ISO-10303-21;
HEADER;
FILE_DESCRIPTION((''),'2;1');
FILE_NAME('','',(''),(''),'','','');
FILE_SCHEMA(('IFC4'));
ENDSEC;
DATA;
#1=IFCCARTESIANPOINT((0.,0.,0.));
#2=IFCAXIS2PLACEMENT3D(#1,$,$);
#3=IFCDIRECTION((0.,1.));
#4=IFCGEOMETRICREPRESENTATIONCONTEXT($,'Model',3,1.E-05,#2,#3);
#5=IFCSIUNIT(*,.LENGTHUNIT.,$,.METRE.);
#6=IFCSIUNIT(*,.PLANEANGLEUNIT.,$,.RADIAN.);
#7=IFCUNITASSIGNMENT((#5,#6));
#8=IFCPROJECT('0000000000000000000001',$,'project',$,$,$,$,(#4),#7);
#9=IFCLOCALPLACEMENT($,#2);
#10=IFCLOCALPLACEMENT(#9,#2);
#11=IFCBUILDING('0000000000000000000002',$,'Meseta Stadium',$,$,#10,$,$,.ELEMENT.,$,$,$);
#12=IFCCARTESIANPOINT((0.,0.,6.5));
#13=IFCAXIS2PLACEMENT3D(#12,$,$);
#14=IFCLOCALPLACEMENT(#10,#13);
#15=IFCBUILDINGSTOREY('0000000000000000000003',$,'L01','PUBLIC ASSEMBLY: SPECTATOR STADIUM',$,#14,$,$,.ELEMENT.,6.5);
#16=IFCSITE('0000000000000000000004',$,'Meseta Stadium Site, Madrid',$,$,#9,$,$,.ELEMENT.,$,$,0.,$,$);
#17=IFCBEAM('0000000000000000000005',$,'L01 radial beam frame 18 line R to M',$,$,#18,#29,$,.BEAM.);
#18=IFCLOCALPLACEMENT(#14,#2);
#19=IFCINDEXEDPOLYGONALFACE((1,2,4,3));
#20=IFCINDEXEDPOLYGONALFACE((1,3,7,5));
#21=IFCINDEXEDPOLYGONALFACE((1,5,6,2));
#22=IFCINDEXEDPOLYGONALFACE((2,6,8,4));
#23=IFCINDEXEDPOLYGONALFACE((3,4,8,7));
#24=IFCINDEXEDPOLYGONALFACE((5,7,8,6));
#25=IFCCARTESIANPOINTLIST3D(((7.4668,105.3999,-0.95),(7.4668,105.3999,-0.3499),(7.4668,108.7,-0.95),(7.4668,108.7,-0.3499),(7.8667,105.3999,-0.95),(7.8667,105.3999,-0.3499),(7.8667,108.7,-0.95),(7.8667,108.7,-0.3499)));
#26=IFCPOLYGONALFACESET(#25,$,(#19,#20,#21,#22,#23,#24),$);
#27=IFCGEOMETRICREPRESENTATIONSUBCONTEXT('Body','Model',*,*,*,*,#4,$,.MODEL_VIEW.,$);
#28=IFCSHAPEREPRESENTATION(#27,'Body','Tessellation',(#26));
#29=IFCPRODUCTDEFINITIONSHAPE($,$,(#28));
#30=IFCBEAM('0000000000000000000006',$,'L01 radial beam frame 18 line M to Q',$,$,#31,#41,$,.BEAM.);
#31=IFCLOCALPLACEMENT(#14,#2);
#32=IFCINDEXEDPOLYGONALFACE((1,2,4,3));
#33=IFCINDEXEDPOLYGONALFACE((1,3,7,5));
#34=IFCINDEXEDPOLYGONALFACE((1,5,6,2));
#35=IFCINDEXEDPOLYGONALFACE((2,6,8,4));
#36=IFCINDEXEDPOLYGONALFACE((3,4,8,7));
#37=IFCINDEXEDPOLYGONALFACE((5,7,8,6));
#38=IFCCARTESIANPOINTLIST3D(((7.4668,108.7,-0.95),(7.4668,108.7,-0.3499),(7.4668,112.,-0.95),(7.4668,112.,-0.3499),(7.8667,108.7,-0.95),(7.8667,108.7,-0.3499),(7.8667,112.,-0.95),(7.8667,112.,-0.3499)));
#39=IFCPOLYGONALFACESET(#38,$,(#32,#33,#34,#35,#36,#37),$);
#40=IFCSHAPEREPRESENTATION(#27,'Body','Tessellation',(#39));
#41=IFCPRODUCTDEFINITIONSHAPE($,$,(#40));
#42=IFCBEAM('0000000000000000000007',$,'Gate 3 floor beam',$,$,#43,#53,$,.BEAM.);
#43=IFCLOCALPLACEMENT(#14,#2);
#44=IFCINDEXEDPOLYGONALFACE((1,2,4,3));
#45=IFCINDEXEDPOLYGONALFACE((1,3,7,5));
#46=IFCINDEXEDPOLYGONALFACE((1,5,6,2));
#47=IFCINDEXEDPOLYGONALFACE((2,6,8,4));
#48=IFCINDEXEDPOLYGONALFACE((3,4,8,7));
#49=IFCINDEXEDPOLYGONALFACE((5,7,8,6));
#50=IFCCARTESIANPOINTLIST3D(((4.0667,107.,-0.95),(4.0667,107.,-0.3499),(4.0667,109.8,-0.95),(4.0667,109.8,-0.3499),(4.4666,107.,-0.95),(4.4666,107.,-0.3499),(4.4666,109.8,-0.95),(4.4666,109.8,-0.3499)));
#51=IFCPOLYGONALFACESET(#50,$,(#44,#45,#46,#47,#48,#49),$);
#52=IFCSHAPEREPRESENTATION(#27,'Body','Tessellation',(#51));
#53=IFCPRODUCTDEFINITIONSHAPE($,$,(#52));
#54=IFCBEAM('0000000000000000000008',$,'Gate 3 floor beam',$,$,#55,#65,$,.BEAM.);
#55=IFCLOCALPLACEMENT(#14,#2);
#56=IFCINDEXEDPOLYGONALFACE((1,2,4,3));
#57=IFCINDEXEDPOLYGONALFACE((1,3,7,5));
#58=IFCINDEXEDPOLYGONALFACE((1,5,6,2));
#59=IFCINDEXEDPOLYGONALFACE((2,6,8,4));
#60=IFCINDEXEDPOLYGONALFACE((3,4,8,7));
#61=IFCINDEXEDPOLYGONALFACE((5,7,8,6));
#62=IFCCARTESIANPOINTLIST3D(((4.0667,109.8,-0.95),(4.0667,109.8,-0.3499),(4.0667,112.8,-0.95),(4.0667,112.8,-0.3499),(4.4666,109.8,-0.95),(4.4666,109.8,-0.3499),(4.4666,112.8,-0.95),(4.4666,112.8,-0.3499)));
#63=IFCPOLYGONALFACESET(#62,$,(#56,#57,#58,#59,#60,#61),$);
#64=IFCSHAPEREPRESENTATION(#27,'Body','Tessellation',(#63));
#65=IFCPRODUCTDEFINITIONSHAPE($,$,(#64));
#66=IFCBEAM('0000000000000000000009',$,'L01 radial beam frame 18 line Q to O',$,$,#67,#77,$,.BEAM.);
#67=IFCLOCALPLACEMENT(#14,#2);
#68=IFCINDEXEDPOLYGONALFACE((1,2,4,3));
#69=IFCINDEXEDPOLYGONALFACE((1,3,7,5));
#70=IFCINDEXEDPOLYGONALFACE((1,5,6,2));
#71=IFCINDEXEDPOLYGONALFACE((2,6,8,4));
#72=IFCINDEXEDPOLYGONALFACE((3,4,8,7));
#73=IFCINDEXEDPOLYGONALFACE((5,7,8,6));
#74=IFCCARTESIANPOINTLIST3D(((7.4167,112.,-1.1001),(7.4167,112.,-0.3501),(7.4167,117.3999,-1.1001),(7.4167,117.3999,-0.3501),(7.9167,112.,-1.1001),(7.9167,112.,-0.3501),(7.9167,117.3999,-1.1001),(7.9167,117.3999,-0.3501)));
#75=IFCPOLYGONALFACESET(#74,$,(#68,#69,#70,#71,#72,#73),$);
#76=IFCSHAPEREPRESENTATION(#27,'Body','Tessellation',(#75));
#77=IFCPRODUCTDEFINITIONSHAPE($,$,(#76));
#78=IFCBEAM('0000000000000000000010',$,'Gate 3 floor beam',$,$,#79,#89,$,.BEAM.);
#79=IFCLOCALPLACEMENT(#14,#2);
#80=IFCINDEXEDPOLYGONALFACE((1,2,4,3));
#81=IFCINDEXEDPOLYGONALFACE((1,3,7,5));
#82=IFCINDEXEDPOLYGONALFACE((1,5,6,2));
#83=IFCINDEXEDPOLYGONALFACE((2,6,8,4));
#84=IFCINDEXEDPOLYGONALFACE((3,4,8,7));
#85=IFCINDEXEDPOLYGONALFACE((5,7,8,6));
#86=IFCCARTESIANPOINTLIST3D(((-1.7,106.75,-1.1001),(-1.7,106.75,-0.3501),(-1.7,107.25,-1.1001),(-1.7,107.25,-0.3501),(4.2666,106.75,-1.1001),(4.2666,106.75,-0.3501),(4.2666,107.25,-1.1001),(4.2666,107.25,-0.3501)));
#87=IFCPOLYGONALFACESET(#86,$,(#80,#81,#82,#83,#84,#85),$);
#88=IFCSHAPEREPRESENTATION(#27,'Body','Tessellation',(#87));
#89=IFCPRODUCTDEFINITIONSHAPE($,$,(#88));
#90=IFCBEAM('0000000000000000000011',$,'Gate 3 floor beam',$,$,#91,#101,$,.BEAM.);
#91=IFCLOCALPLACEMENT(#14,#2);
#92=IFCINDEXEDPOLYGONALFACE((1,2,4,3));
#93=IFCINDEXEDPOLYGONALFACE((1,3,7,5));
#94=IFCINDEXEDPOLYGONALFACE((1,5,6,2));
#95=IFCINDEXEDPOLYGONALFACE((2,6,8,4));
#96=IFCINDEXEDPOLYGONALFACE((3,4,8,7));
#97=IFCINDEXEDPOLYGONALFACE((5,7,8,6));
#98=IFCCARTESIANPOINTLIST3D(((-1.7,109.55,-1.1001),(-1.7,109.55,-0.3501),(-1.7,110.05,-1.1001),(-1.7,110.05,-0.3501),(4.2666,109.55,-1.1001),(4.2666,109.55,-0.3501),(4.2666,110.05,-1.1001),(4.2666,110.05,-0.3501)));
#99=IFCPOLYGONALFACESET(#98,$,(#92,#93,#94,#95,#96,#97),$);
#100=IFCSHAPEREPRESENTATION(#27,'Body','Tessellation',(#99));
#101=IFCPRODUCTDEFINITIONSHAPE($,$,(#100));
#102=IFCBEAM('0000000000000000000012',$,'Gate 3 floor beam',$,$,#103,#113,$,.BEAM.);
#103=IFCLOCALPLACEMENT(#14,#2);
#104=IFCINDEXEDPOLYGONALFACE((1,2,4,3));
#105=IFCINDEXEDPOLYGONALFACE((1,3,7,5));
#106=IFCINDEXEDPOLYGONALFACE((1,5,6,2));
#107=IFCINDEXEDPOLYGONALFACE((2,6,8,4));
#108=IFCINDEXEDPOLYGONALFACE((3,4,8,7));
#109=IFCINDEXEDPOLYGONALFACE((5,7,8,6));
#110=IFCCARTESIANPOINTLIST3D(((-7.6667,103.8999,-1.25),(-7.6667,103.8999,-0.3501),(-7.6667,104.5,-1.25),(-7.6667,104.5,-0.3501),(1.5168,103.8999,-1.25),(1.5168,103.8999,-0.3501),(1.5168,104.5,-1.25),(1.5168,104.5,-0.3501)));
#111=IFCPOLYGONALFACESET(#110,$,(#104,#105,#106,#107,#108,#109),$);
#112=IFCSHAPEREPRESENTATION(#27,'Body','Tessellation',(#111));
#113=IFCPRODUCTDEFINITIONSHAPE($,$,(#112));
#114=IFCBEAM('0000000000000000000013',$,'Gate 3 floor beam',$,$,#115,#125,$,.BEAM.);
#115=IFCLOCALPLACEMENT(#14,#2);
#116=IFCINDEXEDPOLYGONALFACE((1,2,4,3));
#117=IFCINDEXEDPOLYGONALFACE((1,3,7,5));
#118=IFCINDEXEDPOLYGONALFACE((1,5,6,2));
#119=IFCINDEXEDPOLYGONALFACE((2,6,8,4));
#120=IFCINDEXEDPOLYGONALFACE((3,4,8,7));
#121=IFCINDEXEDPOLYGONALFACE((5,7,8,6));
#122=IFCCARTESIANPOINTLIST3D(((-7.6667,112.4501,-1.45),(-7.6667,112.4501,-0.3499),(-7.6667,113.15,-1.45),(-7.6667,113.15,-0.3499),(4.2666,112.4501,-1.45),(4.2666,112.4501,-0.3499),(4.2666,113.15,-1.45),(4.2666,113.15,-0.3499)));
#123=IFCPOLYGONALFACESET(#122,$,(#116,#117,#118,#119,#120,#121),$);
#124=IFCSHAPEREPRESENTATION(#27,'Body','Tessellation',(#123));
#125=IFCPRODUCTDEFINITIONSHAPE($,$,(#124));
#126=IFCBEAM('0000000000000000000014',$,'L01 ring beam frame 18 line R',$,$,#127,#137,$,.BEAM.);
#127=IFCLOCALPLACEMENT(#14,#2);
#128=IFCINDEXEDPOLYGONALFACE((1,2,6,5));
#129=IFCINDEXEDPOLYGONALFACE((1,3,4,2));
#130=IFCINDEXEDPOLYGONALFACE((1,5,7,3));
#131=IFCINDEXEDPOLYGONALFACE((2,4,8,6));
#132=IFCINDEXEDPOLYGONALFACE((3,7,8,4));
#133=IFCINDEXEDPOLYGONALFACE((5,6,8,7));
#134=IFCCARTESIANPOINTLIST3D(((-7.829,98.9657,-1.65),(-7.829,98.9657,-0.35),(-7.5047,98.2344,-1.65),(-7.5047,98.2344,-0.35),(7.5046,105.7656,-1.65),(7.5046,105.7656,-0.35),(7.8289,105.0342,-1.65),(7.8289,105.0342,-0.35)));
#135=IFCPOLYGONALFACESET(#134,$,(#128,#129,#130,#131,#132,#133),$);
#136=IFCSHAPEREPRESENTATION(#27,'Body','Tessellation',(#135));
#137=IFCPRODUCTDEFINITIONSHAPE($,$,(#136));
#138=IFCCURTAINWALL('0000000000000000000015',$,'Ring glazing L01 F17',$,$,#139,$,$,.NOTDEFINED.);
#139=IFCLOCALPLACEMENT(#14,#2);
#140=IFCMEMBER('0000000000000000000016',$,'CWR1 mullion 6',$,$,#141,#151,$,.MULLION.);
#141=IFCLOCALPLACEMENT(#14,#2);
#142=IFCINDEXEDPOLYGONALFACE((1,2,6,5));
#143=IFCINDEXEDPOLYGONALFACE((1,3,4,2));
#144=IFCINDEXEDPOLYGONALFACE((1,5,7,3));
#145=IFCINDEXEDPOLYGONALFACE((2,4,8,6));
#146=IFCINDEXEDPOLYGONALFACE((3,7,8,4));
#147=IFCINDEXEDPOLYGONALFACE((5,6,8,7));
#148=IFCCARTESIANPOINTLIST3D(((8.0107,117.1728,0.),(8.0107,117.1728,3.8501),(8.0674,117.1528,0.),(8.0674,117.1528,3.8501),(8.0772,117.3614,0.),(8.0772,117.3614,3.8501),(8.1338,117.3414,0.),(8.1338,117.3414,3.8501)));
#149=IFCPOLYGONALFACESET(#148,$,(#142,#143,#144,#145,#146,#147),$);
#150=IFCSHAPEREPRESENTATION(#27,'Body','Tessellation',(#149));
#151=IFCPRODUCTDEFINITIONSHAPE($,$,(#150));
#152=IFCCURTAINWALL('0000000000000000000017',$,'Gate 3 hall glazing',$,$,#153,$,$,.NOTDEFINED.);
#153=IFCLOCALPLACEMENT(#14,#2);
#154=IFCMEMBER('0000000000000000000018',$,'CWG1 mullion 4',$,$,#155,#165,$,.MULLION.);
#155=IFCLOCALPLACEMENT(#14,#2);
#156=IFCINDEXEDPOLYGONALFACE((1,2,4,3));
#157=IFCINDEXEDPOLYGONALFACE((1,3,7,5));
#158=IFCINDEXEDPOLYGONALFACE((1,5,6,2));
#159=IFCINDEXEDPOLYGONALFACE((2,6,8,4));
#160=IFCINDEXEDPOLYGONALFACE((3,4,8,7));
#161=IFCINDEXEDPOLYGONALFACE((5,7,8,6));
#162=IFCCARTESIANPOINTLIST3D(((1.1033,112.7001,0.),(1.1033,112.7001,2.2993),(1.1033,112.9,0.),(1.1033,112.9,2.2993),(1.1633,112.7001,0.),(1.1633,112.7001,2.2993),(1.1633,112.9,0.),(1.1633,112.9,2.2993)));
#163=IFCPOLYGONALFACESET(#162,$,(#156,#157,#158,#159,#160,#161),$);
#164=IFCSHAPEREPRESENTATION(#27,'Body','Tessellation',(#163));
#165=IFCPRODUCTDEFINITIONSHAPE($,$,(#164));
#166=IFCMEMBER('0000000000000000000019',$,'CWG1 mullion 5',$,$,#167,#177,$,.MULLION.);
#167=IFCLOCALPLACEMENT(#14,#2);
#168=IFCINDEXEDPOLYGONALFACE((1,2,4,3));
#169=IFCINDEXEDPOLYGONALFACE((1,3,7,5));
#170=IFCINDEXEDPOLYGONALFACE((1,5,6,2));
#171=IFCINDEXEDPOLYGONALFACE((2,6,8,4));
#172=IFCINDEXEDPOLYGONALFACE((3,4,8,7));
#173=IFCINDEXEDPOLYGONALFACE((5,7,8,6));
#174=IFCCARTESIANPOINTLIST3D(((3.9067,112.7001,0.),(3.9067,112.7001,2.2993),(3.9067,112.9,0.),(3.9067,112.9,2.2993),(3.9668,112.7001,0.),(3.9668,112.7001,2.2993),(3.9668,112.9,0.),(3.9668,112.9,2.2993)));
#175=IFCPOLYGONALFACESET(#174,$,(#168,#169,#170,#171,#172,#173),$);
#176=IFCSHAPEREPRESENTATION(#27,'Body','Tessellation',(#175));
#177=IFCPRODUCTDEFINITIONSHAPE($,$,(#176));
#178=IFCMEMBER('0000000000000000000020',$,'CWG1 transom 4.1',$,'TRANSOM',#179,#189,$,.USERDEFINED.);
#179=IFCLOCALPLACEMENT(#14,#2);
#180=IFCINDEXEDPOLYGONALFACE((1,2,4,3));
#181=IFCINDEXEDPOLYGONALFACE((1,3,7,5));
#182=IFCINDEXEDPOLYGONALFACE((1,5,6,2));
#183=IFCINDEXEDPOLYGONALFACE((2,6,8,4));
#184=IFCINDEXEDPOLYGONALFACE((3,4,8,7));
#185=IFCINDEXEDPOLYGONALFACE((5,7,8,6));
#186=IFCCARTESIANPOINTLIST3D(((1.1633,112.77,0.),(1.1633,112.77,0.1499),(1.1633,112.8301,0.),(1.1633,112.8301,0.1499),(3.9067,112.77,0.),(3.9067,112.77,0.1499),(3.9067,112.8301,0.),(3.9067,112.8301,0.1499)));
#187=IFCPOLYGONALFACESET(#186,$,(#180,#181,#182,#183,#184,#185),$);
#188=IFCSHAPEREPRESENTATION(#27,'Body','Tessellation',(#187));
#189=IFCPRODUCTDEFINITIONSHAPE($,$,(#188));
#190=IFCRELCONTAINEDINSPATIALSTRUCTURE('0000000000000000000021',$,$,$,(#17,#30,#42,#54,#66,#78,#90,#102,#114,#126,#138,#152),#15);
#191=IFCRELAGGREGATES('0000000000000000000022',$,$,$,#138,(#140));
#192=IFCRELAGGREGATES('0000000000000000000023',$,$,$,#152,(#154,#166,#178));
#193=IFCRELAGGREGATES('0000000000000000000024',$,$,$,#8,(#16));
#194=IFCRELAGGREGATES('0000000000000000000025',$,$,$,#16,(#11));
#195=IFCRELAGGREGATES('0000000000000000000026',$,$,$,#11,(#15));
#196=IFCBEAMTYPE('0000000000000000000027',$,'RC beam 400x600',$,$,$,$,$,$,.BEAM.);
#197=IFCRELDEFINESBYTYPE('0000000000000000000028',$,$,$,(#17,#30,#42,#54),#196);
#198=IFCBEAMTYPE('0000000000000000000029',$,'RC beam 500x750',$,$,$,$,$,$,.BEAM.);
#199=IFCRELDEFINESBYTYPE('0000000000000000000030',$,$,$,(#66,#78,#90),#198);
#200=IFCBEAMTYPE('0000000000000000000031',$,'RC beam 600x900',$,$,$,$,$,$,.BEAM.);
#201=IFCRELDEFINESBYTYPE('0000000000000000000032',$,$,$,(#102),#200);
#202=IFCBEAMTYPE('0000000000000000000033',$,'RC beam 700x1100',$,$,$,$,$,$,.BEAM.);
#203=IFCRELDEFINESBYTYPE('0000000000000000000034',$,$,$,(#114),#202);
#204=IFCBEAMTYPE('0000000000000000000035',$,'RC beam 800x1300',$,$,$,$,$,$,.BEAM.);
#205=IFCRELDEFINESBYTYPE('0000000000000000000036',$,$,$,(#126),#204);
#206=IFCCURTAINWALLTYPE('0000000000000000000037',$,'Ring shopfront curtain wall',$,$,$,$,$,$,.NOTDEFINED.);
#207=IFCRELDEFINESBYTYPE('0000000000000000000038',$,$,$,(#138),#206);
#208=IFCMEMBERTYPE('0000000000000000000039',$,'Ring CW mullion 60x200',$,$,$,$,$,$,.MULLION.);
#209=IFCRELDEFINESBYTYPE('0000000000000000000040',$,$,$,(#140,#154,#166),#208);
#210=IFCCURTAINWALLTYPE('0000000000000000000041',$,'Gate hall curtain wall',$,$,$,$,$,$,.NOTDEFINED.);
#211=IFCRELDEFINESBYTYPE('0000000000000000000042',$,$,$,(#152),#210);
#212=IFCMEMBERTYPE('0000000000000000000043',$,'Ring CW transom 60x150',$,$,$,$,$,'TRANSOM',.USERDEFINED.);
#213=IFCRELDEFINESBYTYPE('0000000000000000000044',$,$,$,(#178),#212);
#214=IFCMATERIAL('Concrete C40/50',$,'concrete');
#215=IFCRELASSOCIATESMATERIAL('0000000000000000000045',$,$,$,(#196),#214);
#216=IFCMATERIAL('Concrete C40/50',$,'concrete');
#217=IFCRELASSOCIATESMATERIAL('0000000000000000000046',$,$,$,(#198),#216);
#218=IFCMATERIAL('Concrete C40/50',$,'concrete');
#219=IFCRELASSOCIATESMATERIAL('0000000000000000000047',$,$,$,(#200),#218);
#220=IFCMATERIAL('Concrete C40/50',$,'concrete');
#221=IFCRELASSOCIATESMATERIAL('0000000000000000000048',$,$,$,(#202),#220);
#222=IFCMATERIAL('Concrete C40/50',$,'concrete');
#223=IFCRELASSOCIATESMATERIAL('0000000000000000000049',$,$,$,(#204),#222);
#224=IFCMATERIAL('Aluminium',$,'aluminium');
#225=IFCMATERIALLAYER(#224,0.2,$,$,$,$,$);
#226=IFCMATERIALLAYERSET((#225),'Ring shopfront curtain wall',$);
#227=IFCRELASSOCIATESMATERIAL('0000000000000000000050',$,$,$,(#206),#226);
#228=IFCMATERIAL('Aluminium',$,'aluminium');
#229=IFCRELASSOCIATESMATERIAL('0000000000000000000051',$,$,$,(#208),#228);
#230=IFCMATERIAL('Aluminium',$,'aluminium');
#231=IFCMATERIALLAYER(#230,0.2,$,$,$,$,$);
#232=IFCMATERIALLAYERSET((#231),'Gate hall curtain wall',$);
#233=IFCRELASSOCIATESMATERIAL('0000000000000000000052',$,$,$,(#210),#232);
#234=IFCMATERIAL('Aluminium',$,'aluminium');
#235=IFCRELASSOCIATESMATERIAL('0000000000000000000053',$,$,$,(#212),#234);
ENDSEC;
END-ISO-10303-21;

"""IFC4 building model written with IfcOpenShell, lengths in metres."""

from ifc_helpers import new_model, si_unit, direction, frame, origin, origin_2d, place, context, subcontext, project, spatial, rectangle, extrude, material, layer, layer_set, material_profile, profile_set, type_object, element, aggregate, save


model = new_model("IFC4")

# Units and contexts
model_context = context("Model", 3, precision=1e-05, world=origin(), true_north=direction((0.0, 1.0)))
body_context = subcontext(model_context, "Body", "Model", "MODEL_VIEW")
ifc_project = project(units=[si_unit("LENGTHUNIT", "METRE"), si_unit("PLANEANGLEUNIT", "RADIAN")], contexts=[model_context])

# Site, building, storey
site_placement = place(None, origin())
site = spatial("IfcSite", under=ifc_project, at=site_placement, Name="Meseta Stadium Site, Madrid", CompositionType="ELEMENT", RefElevation=0.0)
building_placement = place(site_placement, origin())
building = spatial("IfcBuilding", under=site, at=building_placement, Name="Meseta Stadium", CompositionType="ELEMENT")
storey_placement = place(building_placement, frame((0.0, 0.0, 6.5)))
storey = spatial("IfcBuildingStorey", under=building, at=storey_placement, Name="L01", Description="PUBLIC ASSEMBLY: SPECTATOR STADIUM", CompositionType="ELEMENT", Elevation=6.5)

# Beams
ifc_material_1 = material(Name="Concrete C40/50", Category="concrete")
ifc_material_profile_1 = material_profile(ifc_material_1, rectangle(XDim=0.3999, YDim=0.6001, at=origin_2d()), Name="RC 400x600")
ifc_profile_set_1 = profile_set([ifc_material_profile_1], Name="Concrete C40/50")
beam_type_1 = type_object("IfcBeamType", Name="RC beam 400x600", PredefinedType="BEAM", material=ifc_profile_set_1)
for number, where, z_axis, x_axis, name in (
    (1, (7.6667, 105.3999, -0.6499), (0.0, 1.0, 0.0), (-1.0, 0.0, 0.0), "L01 radial beam frame 18 line R to M"),
    (2, (7.6667, 108.7, -0.6499), (0.0, 1.0, 0.0), (-1.0, 0.0, 0.0), "L01 radial beam frame 18 line M to Q"),
):
    element("IfcBeam", number, at=place(storey_placement, frame(where, z_axis=z_axis, x_axis=x_axis)), inside=storey, type_object=beam_type_1, Name=name, PredefinedType="BEAM", context=body_context, shape_type="SweptSolid", body=[
        extrude(rectangle(XDim=0.3999, YDim=0.6001, at=origin_2d()), origin(), (0.0, 0.0, 1.0), 3.3),
    ])
beam_1_placement = place(storey_placement, frame((4.2666, 107.0, -0.6499), z_axis=(0.0, 1.0, 0.0), x_axis=(-1.0, 0.0, 0.0)))
element("IfcBeam", 3, at=beam_1_placement, inside=storey, type_object=beam_type_1, Name="Gate 3 floor beam", PredefinedType="BEAM", context=body_context, shape_type="SweptSolid", body=[
    extrude(rectangle(XDim=0.3999, YDim=0.6001, at=origin_2d()), origin(), (0.0, 0.0, 1.0), 2.8),
])
beam_2_placement = place(storey_placement, frame((4.2666, 109.8, -0.6499), z_axis=(0.0, 1.0, 0.0), x_axis=(-1.0, 0.0, 0.0)))
element("IfcBeam", 4, at=beam_2_placement, inside=storey, type_object=beam_type_1, Name="Gate 3 floor beam", PredefinedType="BEAM", context=body_context, shape_type="SweptSolid", body=[
    extrude(rectangle(XDim=0.3999, YDim=0.6001, at=origin_2d()), origin(), (0.0, 0.0, 1.0), 3.0),
])
ifc_material_2 = material(Name="Concrete C40/50", Category="concrete")
ifc_material_profile_2 = material_profile(ifc_material_2, rectangle(XDim=0.5, YDim=0.75, at=origin_2d()), Name="RC 500x750")
ifc_profile_set_2 = profile_set([ifc_material_profile_2], Name="Concrete C40/50")
beam_type_2 = type_object("IfcBeamType", Name="RC beam 500x750", PredefinedType="BEAM", material=ifc_profile_set_2)
beam_3_placement = place(storey_placement, frame((7.6667, 112.0, -0.7251), z_axis=(0.0, 1.0, 0.0), x_axis=(-1.0, 0.0, 0.0)))
element("IfcBeam", 5, at=beam_3_placement, inside=storey, type_object=beam_type_2, Name="L01 radial beam frame 18 line Q to O", PredefinedType="BEAM", context=body_context, shape_type="SweptSolid", body=[
    extrude(rectangle(XDim=0.5, YDim=0.75, at=origin_2d()), origin(), (0.0, 0.0, 1.0), 5.3999),
])
for number, where, z_axis, x_axis, name in (
    (6, (4.2666, 107.0, -0.7251), (-1.0, 0.0, 0.0), (0.0, -1.0, 0.0), "Gate 3 floor beam"),
    (7, (4.2666, 109.8, -0.7251), (-1.0, 0.0, 0.0), (0.0, -1.0, 0.0), "Gate 3 floor beam"),
):
    element("IfcBeam", number, at=place(storey_placement, frame(where, z_axis=z_axis, x_axis=x_axis)), inside=storey, type_object=beam_type_2, Name=name, PredefinedType="BEAM", context=body_context, shape_type="SweptSolid", body=[
        extrude(rectangle(XDim=0.5, YDim=0.75, at=origin_2d()), origin(), (0.0, 0.0, 1.0), 5.9666),
    ])
ifc_material_3 = material(Name="Concrete C40/50", Category="concrete")
ifc_material_profile_3 = material_profile(ifc_material_3, rectangle(XDim=0.6001, YDim=0.8999, at=origin_2d()), Name="RC 600x900")
ifc_profile_set_3 = profile_set([ifc_material_profile_3], Name="Concrete C40/50")
beam_type_3 = type_object("IfcBeamType", Name="RC beam 600x900", PredefinedType="BEAM", material=ifc_profile_set_3)
beam_4_placement = place(storey_placement, frame((1.5168, 104.2, -0.8), z_axis=(-1.0, 0.0, 0.0), x_axis=(0.0, -1.0, 0.0)))
element("IfcBeam", 8, at=beam_4_placement, inside=storey, type_object=beam_type_3, Name="Gate 3 floor beam", PredefinedType="BEAM", context=body_context, shape_type="SweptSolid", body=[
    extrude(rectangle(XDim=0.6001, YDim=0.8999, at=origin_2d()), origin(), (0.0, 0.0, 1.0), 9.1836),
])
ifc_material_4 = material(Name="Concrete C40/50", Category="concrete")
ifc_material_profile_4 = material_profile(ifc_material_4, rectangle(XDim=0.7, YDim=1.1001, at=origin_2d()), Name="RC 700x1100")
ifc_profile_set_4 = profile_set([ifc_material_profile_4], Name="Concrete C40/50")
beam_type_4 = type_object("IfcBeamType", Name="RC beam 700x1100", PredefinedType="BEAM", material=ifc_profile_set_4)
beam_5_placement = place(storey_placement, frame((4.2666, 112.8, -0.8999), z_axis=(-1.0, 0.0, 0.0), x_axis=(0.0, -1.0, 0.0)))
element("IfcBeam", 9, at=beam_5_placement, inside=storey, type_object=beam_type_4, Name="Gate 3 floor beam", PredefinedType="BEAM", context=body_context, shape_type="SweptSolid", body=[
    extrude(rectangle(XDim=0.7, YDim=1.1001, at=origin_2d()), origin(), (0.0, 0.0, 1.0), 11.9333),
])
ifc_material_5 = material(Name="Concrete C40/50", Category="concrete")
ifc_material_profile_5 = material_profile(ifc_material_5, rectangle(XDim=0.8, YDim=1.3, at=origin_2d()), Name="RC 800x1300")
ifc_profile_set_5 = profile_set([ifc_material_profile_5], Name="Concrete C40/50")
beam_type_5 = type_object("IfcBeamType", Name="RC beam 800x1300", PredefinedType="BEAM", material=ifc_profile_set_5)
beam_6_placement = place(storey_placement, frame((7.6667, 105.3999, -1.0), z_axis=(-0.914145, -0.405387, 0.0), x_axis=(0.405387, -0.914145, 0.0)))
element("IfcBeam", 10, at=beam_6_placement, inside=storey, type_object=beam_type_5, Name="L01 ring beam frame 18 line R", PredefinedType="BEAM", context=body_context, shape_type="SweptSolid", body=[
    extrude(rectangle(XDim=0.8, YDim=1.3, at=origin_2d()), origin(), (0.0, 0.0, 1.0), 16.7737),
])

# Curtain wall, member
ifc_material_6 = material(Name="Aluminium", Category="aluminium")
ifc_layer_1 = layer(ifc_material_6, 0.2)
ifc_layer_set_1 = layer_set([ifc_layer_1], Name="Ring shopfront curtain wall")
curtain_wall_type_1 = type_object("IfcCurtainWallType", Name="Ring shopfront curtain wall", PredefinedType="NOTDEFINED", material=ifc_layer_set_1)
curtain_wall_1_placement = place(storey_placement, origin())
curtain_wall_1 = element("IfcCurtainWall", 11, at=curtain_wall_1_placement, inside=storey, type_object=curtain_wall_type_1, Name="Ring glazing L01 F17", PredefinedType="NOTDEFINED")
ifc_material_7 = material(Name="Aluminium", Category="aluminium")
ifc_material_profile_6 = material_profile(ifc_material_7, rectangle(XDim=0.2, YDim=0.0601, at=origin_2d()), Name="CW 200x60")
ifc_profile_set_6 = profile_set([ifc_material_profile_6], Name="Aluminium")
member_type_1 = type_object("IfcMemberType", Name="Ring CW mullion 60x200", PredefinedType="MULLION", material=ifc_profile_set_6)
member_1_placement = place(storey_placement, frame((8.0723, 117.2571, 0.0), z_axis=(0.0, 0.0, 1.0), x_axis=(-0.332174, -0.943218, 0.0)))
member_1 = element("IfcMember", 12, at=member_1_placement, type_object=member_type_1, Name="CWR1 mullion 6", PredefinedType="MULLION", context=body_context, shape_type="SweptSolid", body=[
    extrude(rectangle(XDim=0.2, YDim=0.0601, at=origin_2d()), origin(), (0.0, 0.0, 1.0), 3.8501),
])
aggregate(curtain_wall_1, [member_1])

# Curtain wall, members
ifc_material_8 = material(Name="Aluminium", Category="aluminium")
ifc_layer_2 = layer(ifc_material_8, 0.2)
ifc_layer_set_2 = layer_set([ifc_layer_2], Name="Gate hall curtain wall")
curtain_wall_type_2 = type_object("IfcCurtainWallType", Name="Gate hall curtain wall", PredefinedType="NOTDEFINED", material=ifc_layer_set_2)
curtain_wall_2_placement = place(storey_placement, origin())
curtain_wall_2 = element("IfcCurtainWall", 13, at=curtain_wall_2_placement, inside=storey, type_object=curtain_wall_type_2, Name="Gate 3 hall glazing", PredefinedType="NOTDEFINED")
member_2_placement = place(storey_placement, frame((1.1333, 112.8, 0.0), z_axis=(0.0, 0.0, 1.0), x_axis=(0.0, 1.0, 0.0)))
member_2 = element("IfcMember", 14, at=member_2_placement, type_object=member_type_1, Name="CWG1 mullion 4", PredefinedType="MULLION", context=body_context, shape_type="SweptSolid", body=[
    extrude(rectangle(XDim=0.2, YDim=0.0601, at=origin_2d()), origin(), (0.0, 0.0, 1.0), 2.2993),
])
member_3_placement = place(storey_placement, frame((3.9368, 112.8, 0.0), z_axis=(0.0, 0.0, 1.0), x_axis=(0.0, 1.0, 0.0)))
member_3 = element("IfcMember", 15, at=member_3_placement, type_object=member_type_1, Name="CWG1 mullion 5", PredefinedType="MULLION", context=body_context, shape_type="SweptSolid", body=[
    extrude(rectangle(XDim=0.2, YDim=0.0601, at=origin_2d()), origin(), (0.0, 0.0, 1.0), 2.2993),
])
ifc_material_9 = material(Name="Aluminium", Category="aluminium")
ifc_material_profile_7 = material_profile(ifc_material_9, rectangle(XDim=0.0601, YDim=0.1499, at=origin_2d()), Name="CW 60x150")
ifc_profile_set_7 = profile_set([ifc_material_profile_7], Name="Aluminium")
member_type_2 = type_object("IfcMemberType", Name="Ring CW transom 60x150", ElementType="TRANSOM", PredefinedType="USERDEFINED", material=ifc_profile_set_7)
member_4_placement = place(storey_placement, frame((1.1633, 112.8, 0.075), z_axis=(1.0, 0.0, 0.0), x_axis=(0.0, 1.0, 0.0)))
member_4 = element("IfcMember", 16, at=member_4_placement, type_object=member_type_2, Name="CWG1 transom 4.1", ObjectType="TRANSOM", PredefinedType="USERDEFINED", context=body_context, shape_type="SweptSolid", body=[
    extrude(rectangle(XDim=0.0601, YDim=0.1499, at=origin_2d()), origin(), (0.0, 0.0, 1.0), 2.7434),
])
aggregate(curtain_wall_2, [member_2, member_3, member_4])

save(model, "model.ifc")
